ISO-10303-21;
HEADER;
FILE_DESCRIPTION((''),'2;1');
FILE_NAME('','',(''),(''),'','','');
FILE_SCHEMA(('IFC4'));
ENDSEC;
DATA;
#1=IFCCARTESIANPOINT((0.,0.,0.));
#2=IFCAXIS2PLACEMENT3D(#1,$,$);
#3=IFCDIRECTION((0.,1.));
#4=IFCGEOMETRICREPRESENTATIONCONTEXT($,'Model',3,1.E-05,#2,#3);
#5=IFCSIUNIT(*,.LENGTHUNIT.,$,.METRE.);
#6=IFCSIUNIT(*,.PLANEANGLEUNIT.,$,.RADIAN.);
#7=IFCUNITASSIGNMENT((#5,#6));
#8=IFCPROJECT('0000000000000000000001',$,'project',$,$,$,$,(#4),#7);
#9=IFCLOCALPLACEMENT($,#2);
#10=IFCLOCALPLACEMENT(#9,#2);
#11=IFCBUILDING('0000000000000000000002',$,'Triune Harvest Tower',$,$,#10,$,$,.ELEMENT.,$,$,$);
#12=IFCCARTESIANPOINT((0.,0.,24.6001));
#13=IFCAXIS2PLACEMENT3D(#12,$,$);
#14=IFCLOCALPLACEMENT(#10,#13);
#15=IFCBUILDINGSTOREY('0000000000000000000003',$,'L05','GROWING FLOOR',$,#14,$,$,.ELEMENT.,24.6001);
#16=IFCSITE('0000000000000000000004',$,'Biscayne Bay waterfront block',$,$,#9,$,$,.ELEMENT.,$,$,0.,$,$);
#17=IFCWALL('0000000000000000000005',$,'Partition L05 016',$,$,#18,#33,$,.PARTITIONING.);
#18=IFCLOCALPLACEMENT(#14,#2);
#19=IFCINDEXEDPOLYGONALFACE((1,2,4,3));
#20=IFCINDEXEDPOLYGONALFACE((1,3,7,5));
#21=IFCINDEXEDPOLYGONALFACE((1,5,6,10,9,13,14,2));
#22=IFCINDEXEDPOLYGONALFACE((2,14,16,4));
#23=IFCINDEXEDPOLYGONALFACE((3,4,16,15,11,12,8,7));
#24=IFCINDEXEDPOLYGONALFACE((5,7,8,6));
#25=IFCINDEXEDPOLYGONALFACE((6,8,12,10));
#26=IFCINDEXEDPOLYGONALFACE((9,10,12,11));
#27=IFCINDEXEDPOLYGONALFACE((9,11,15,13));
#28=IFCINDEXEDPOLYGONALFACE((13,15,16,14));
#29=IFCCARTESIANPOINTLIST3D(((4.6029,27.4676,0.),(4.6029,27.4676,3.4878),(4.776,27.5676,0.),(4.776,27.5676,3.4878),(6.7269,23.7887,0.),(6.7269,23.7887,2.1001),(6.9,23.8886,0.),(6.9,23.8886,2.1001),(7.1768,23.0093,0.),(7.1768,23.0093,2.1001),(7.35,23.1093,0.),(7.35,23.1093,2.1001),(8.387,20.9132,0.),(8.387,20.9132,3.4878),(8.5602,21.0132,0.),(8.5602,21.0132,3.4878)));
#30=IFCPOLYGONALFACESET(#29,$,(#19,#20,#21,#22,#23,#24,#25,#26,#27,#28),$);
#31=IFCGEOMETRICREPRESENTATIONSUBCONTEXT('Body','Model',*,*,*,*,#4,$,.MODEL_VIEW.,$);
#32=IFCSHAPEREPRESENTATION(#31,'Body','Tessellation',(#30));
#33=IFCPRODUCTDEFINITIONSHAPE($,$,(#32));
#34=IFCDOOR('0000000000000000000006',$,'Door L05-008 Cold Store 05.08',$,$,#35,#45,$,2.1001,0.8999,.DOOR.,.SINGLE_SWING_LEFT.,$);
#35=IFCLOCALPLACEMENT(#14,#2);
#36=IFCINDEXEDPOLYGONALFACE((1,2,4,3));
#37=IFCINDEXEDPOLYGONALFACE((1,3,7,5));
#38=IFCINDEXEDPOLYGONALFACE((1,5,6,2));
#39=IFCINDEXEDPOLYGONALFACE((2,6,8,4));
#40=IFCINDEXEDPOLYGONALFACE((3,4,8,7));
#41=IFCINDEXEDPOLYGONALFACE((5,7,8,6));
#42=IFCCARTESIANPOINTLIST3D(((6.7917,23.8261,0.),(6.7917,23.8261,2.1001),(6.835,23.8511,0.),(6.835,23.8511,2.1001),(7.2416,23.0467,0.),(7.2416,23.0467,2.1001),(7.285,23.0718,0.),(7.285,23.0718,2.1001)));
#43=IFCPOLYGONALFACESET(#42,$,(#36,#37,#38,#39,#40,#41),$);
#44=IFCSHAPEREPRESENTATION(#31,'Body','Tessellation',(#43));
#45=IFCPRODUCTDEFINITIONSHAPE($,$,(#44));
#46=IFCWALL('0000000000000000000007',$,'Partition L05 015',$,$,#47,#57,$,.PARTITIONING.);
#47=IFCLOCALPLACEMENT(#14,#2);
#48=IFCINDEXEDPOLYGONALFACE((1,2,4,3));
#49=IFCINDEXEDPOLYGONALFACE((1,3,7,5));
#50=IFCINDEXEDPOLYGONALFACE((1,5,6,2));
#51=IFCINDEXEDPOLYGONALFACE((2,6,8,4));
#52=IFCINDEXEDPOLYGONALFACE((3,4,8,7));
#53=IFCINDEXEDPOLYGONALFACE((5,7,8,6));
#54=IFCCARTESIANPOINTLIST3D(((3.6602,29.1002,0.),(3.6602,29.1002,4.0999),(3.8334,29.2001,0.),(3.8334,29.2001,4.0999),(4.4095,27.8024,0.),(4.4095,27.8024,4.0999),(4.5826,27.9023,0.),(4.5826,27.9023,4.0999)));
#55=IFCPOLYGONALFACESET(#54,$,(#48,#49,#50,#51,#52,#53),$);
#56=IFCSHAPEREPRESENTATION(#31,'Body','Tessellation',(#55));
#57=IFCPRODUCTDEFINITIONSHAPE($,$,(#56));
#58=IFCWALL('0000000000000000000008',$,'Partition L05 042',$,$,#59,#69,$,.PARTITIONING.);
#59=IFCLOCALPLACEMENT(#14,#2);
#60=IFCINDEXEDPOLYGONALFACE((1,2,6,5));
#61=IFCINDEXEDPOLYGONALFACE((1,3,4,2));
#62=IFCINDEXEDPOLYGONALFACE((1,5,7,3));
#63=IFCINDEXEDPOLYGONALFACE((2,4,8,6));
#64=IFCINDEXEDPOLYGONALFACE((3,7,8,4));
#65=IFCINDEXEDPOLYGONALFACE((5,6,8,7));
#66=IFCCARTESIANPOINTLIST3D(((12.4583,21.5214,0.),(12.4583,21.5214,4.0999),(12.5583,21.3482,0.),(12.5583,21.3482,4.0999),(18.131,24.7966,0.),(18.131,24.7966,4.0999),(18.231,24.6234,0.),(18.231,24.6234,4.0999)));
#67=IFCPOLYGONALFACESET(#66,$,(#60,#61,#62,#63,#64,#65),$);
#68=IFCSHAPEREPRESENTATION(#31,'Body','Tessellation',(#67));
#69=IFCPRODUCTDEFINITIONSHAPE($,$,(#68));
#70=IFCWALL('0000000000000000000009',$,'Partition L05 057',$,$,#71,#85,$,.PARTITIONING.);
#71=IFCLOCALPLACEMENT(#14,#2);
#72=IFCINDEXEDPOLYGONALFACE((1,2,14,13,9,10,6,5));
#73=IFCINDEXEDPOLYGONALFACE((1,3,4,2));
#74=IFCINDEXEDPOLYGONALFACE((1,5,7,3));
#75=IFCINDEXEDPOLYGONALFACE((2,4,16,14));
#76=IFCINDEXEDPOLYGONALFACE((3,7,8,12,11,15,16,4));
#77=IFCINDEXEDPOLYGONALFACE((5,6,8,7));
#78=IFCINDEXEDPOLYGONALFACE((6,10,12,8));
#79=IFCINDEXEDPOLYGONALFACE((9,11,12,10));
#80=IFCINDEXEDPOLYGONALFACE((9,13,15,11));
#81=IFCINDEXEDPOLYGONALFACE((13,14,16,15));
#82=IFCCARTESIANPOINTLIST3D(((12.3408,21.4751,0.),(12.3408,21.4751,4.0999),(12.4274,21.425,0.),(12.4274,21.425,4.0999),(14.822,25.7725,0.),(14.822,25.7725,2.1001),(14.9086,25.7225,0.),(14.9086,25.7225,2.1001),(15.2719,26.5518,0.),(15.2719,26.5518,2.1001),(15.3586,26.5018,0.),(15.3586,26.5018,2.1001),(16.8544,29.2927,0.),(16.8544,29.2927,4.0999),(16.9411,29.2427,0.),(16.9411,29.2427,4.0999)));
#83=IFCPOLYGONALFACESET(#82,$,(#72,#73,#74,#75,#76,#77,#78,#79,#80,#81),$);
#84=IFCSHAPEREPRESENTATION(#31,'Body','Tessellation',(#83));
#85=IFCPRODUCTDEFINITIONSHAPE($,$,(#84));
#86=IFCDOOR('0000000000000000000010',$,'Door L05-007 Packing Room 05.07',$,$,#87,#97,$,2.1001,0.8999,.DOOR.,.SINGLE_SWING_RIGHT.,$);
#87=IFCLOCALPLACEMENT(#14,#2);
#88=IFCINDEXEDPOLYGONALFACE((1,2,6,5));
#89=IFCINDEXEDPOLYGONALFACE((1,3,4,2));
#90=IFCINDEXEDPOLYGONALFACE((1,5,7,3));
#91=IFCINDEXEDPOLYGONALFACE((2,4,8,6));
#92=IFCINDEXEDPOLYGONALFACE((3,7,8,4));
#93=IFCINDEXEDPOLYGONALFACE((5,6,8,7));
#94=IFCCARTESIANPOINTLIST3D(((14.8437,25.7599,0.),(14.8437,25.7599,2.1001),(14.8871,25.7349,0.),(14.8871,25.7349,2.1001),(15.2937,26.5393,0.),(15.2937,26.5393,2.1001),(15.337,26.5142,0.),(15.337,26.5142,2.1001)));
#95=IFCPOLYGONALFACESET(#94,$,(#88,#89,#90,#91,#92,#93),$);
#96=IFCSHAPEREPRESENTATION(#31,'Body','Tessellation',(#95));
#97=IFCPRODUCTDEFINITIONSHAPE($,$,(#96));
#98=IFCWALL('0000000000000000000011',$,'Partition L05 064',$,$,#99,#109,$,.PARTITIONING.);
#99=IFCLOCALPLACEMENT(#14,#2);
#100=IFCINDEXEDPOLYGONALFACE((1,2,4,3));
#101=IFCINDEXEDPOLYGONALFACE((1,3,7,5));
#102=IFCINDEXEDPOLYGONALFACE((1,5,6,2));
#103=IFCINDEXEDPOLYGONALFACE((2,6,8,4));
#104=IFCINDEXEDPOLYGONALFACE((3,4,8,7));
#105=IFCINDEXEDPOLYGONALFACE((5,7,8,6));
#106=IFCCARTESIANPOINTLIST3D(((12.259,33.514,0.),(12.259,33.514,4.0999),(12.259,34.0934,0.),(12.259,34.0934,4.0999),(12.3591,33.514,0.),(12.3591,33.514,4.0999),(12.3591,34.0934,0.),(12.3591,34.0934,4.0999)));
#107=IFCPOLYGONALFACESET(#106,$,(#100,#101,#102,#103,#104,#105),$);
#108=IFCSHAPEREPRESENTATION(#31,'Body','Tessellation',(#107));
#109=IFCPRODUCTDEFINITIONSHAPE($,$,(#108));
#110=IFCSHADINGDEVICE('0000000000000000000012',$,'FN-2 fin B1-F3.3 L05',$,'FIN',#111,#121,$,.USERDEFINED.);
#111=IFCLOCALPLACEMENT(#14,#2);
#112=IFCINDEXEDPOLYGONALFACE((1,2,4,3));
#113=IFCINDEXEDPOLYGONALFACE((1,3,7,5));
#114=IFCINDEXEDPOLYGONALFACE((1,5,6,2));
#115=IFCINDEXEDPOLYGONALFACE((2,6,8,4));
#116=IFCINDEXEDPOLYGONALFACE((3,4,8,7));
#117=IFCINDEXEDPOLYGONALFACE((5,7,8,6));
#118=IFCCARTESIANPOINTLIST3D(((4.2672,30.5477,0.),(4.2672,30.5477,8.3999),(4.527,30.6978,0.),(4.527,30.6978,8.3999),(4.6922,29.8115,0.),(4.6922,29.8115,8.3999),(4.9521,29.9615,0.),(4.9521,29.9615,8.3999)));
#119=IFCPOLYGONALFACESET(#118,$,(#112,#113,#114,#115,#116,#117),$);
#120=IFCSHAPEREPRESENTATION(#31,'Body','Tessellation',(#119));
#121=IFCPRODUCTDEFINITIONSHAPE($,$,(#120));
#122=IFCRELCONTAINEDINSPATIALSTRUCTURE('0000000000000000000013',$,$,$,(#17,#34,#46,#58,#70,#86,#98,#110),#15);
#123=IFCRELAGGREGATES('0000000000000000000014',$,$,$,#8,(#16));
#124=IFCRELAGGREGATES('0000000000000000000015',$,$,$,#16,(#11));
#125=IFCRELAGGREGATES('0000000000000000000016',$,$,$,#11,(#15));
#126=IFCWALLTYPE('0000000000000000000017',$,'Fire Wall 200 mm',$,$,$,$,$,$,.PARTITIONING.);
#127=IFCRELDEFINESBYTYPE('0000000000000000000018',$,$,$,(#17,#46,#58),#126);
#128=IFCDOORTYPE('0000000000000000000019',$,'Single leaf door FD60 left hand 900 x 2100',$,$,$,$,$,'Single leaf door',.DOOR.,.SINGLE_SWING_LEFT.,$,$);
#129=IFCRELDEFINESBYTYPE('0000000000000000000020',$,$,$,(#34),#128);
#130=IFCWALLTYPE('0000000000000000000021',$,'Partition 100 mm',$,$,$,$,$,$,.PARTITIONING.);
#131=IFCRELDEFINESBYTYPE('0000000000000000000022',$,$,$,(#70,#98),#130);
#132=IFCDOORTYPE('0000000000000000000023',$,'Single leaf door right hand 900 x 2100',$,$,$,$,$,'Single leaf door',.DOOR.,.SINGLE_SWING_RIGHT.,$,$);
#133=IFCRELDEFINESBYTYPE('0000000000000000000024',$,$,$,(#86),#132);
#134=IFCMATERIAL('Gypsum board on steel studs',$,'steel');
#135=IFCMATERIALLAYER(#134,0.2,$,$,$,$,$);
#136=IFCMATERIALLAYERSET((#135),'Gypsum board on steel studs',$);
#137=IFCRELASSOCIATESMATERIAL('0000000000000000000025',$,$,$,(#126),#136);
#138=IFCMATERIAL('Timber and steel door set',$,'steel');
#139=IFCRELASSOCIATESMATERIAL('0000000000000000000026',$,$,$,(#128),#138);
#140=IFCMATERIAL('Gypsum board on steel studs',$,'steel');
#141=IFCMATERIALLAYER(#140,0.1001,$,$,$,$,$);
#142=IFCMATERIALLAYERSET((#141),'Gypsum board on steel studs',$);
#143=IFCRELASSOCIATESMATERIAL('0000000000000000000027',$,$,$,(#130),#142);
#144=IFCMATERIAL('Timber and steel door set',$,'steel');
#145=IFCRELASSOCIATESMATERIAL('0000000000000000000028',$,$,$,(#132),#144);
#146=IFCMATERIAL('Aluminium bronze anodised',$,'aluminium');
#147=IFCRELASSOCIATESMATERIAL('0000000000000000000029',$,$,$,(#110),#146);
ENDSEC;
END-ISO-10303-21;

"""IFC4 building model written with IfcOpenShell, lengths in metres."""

from ifc_helpers import new_model, si_unit, direction, frame, frame_2d, origin, origin_2d, place, context, subcontext, project, spatial, rectangle, extrude, source, transform, mapped, material, layer, layer_set, type_object, element, fill, save


model = new_model("IFC4")

# Units and contexts
model_context = context("Model", 3, precision=1e-05, world=origin(), true_north=direction((0.0, 1.0)))
body_context = subcontext(model_context, "Body", "Model", "MODEL_VIEW")
ifc_project = project(units=[si_unit("LENGTHUNIT", "METRE"), si_unit("PLANEANGLEUNIT", "RADIAN")], contexts=[model_context])

# Site, building, storey
site_placement = place(None, origin())
site = spatial("IfcSite", under=ifc_project, at=site_placement, Name="Biscayne Bay waterfront block", CompositionType="ELEMENT", RefElevation=0.0)
building_placement = place(site_placement, origin())
building = spatial("IfcBuilding", under=site, at=building_placement, Name="Triune Harvest Tower", CompositionType="ELEMENT")
storey_placement = place(building_placement, frame((0.0, 0.0, 24.6001)))
storey = spatial("IfcBuildingStorey", under=building, at=storey_placement, Name="L05", Description="GROWING FLOOR", CompositionType="ELEMENT", Elevation=24.6001)

# Wall, opening, door
ifc_material_1 = material(Name="Gypsum board on steel studs", Category="steel")
ifc_layer_1 = layer(ifc_material_1, 0.2)
ifc_layer_set_1 = layer_set([ifc_layer_1], Name="Gypsum board on steel studs")
wall_type_1 = type_object("IfcWallType", Name="Fire Wall 200 mm", PredefinedType="PARTITIONING", material=ifc_layer_set_1)
shared_shape_1 = source(origin(), body_context, "Body", "SweptSolid", [
    extrude(rectangle(XDim=7.5684, YDim=0.2, at=frame_2d((3.7842, 0.0))), origin(), (0.0, 0.0, 1.0), 3.4878),
])
wall_1_placement = place(storey_placement, frame((4.6895, 27.5176, 0.0), z_axis=(0.0, 0.0, 1.0), x_axis=(0.499997, -0.866027, 0.0)))
wall_1 = element("IfcWall", 1, at=wall_1_placement, inside=storey, type_object=wall_type_1, Name="Partition L05 016", PredefinedType="PARTITIONING", context=body_context, shape_type="MappedRepresentation", body=[
    mapped(shared_shape_1, transform((0.0, 0.0, 0.0), scale=1.0)),
])
opening_1_placement = place(wall_1_placement, frame((4.248, 0.0, 0.0)))
opening_1 = element("IfcOpeningElement", 2, at=opening_1_placement, cuts=wall_1, PredefinedType="OPENING", context=body_context, shape_type="SweptSolid", body=[
    extrude(rectangle(XDim=0.8999, YDim=2.1001, at=frame_2d((0.45, 1.05))), frame((0.0, 0.1099, 0.0), z_axis=(0.0, -1.0, 0.0), x_axis=(1.0, 0.0, 0.0)), (0.0, 0.0, 1.0), 0.22),
])
ifc_material_2 = material(Name="Timber and steel door set", Category="steel")
door_type_1 = type_object("IfcDoorType", Name="Single leaf door FD60 left hand 900 x 2100", ElementType="Single leaf door", OperationType="SINGLE_SWING_LEFT", PredefinedType="DOOR", material=ifc_material_2)
door_1_placement = place(opening_1_placement, origin())
door_1 = element("IfcDoor", 3, at=door_1_placement, inside=storey, type_object=door_type_1, Name="Door L05-008 Cold Store 05.08", OperationType="SINGLE_SWING_LEFT", OverallHeight=2.1001, OverallWidth=0.8999, PredefinedType="DOOR", context=body_context, shape_type="SweptSolid", body=[
    extrude(rectangle(XDim=0.8999, YDim=2.1001, at=frame_2d((0.45, 1.05))), frame((0.0, 0.0249, 0.0), z_axis=(0.0, -1.0, 0.0), x_axis=(1.0, 0.0, 0.0)), (0.0, 0.0, 1.0), 0.05),
])
fill(opening_1, door_1)

# Walls
shared_shape_2 = source(origin(), body_context, "Body", "SweptSolid", [
    extrude(rectangle(XDim=1.4985, YDim=0.2, at=frame_2d((0.7493, 0.0))), origin(), (0.0, 0.0, 1.0), 4.0999),
])
wall_2_placement = place(storey_placement, frame((3.7468, 29.1501, 0.0), z_axis=(0.0, 0.0, 1.0), x_axis=(0.499976, -0.866039, 0.0)))
element("IfcWall", 4, at=wall_2_placement, inside=storey, type_object=wall_type_1, Name="Partition L05 015", PredefinedType="PARTITIONING", context=body_context, shape_type="MappedRepresentation", body=[
    mapped(shared_shape_2, transform((0.0, 0.0, 0.0), scale=1.0)),
])
shared_shape_3 = source(origin(), body_context, "Body", "SweptSolid", [
    extrude(rectangle(XDim=6.5503, YDim=0.2, at=frame_2d((3.2751, 0.0))), origin(), (0.0, 0.0, 1.0), 4.0999),
])
wall_3_placement = place(storey_placement, frame((12.5083, 21.4348, 0.0), z_axis=(0.0, 0.0, 1.0), x_axis=(0.866021, 0.500007, 0.0)))
element("IfcWall", 5, at=wall_3_placement, inside=storey, type_object=wall_type_1, Name="Partition L05 042", PredefinedType="PARTITIONING", context=body_context, shape_type="MappedRepresentation", body=[
    mapped(shared_shape_3, transform((0.0, 0.0, 0.0), scale=1.0)),
])

# Wall, opening, door
ifc_material_3 = material(Name="Gypsum board on steel studs", Category="steel")
ifc_layer_2 = layer(ifc_material_3, 0.1001)
ifc_layer_set_2 = layer_set([ifc_layer_2], Name="Gypsum board on steel studs")
wall_type_2 = type_object("IfcWallType", Name="Partition 100 mm", PredefinedType="PARTITIONING", material=ifc_layer_set_2)
shared_shape_4 = source(origin(), body_context, "Body", "SweptSolid", [
    extrude(rectangle(XDim=9.0271, YDim=0.1001, at=frame_2d((4.5137, 0.0))), origin(), (0.0, 0.0, 1.0), 4.0999),
])
wall_4_placement = place(storey_placement, frame((12.384, 21.45, 0.0), z_axis=(0.0, 0.0, 1.0), x_axis=(0.500014, 0.866018, 0.0)))
wall_4 = element("IfcWall", 6, at=wall_4_placement, inside=storey, type_object=wall_type_2, Name="Partition L05 057", PredefinedType="PARTITIONING", context=body_context, shape_type="MappedRepresentation", body=[
    mapped(shared_shape_4, transform((0.0, 0.0, 0.0), scale=1.0)),
])
opening_2_placement = place(wall_4_placement, frame((4.9624, 0.0, 0.0)))
opening_2 = element("IfcOpeningElement", 7, at=opening_2_placement, cuts=wall_4, PredefinedType="OPENING", context=body_context, shape_type="SweptSolid", body=[
    extrude(rectangle(XDim=0.8999, YDim=2.1001, at=frame_2d((0.45, 1.05))), frame((0.0, 0.0601, 0.0), z_axis=(0.0, -1.0, 0.0), x_axis=(1.0, 0.0, 0.0)), (0.0, 0.0, 1.0), 0.1201),
])
ifc_material_4 = material(Name="Timber and steel door set", Category="steel")
door_type_2 = type_object("IfcDoorType", Name="Single leaf door right hand 900 x 2100", ElementType="Single leaf door", OperationType="SINGLE_SWING_RIGHT", PredefinedType="DOOR", material=ifc_material_4)
door_2_placement = place(opening_2_placement, origin())
door_2 = element("IfcDoor", 8, at=door_2_placement, inside=storey, type_object=door_type_2, Name="Door L05-007 Packing Room 05.07", OperationType="SINGLE_SWING_RIGHT", OverallHeight=2.1001, OverallWidth=0.8999, PredefinedType="DOOR", context=body_context, shape_type="SweptSolid", body=[
    extrude(rectangle(XDim=0.8999, YDim=2.1001, at=frame_2d((0.45, 1.05))), frame((0.0, 0.0249, 0.0), z_axis=(0.0, -1.0, 0.0), x_axis=(1.0, 0.0, 0.0)), (0.0, 0.0, 1.0), 0.05),
])
fill(opening_2, door_2)

# Wall
shared_shape_5 = source(origin(), body_context, "Body", "SweptSolid", [
    extrude(rectangle(XDim=0.5793, YDim=0.1001, at=frame_2d((0.2896, 0.0))), origin(), (0.0, 0.0, 1.0), 4.0999),
])
wall_5_placement = place(storey_placement, frame((12.3091, 33.5142, 0.0), z_axis=(0.0, 0.0, 1.0), x_axis=(0.0, 1.0, 0.0)))
element("IfcWall", 9, at=wall_5_placement, inside=storey, type_object=wall_type_2, Name="Partition L05 064", PredefinedType="PARTITIONING", context=body_context, shape_type="MappedRepresentation", body=[
    mapped(shared_shape_5, transform((0.0, 0.0, 0.0), scale=1.0)),
])

# Shading device
ifc_material_5 = material(Name="Aluminium bronze anodised", Category="aluminium")
shared_shape_6 = source(origin(), body_context, "Body", "SweptSolid", [
    extrude(rectangle(XDim=0.3, YDim=0.8501, at=origin_2d()), origin(), (0.0, 0.0, 1.0), 8.3999),
])
shading_device_placement = place(storey_placement, frame((4.6096, 30.2546, 0.0), z_axis=(0.0, 0.0, 1.0), x_axis=(-0.866025, -0.5, 0.0)))
element("IfcShadingDevice", 10, at=shading_device_placement, inside=storey, material=ifc_material_5, Name="FN-2 fin B1-F3.3 L05", ObjectType="FIN", PredefinedType="USERDEFINED", context=body_context, shape_type="MappedRepresentation", body=[
    mapped(shared_shape_6, transform((0.0, 0.0, 0.0), scale=1.0)),
])

save(model, "model.ifc")
